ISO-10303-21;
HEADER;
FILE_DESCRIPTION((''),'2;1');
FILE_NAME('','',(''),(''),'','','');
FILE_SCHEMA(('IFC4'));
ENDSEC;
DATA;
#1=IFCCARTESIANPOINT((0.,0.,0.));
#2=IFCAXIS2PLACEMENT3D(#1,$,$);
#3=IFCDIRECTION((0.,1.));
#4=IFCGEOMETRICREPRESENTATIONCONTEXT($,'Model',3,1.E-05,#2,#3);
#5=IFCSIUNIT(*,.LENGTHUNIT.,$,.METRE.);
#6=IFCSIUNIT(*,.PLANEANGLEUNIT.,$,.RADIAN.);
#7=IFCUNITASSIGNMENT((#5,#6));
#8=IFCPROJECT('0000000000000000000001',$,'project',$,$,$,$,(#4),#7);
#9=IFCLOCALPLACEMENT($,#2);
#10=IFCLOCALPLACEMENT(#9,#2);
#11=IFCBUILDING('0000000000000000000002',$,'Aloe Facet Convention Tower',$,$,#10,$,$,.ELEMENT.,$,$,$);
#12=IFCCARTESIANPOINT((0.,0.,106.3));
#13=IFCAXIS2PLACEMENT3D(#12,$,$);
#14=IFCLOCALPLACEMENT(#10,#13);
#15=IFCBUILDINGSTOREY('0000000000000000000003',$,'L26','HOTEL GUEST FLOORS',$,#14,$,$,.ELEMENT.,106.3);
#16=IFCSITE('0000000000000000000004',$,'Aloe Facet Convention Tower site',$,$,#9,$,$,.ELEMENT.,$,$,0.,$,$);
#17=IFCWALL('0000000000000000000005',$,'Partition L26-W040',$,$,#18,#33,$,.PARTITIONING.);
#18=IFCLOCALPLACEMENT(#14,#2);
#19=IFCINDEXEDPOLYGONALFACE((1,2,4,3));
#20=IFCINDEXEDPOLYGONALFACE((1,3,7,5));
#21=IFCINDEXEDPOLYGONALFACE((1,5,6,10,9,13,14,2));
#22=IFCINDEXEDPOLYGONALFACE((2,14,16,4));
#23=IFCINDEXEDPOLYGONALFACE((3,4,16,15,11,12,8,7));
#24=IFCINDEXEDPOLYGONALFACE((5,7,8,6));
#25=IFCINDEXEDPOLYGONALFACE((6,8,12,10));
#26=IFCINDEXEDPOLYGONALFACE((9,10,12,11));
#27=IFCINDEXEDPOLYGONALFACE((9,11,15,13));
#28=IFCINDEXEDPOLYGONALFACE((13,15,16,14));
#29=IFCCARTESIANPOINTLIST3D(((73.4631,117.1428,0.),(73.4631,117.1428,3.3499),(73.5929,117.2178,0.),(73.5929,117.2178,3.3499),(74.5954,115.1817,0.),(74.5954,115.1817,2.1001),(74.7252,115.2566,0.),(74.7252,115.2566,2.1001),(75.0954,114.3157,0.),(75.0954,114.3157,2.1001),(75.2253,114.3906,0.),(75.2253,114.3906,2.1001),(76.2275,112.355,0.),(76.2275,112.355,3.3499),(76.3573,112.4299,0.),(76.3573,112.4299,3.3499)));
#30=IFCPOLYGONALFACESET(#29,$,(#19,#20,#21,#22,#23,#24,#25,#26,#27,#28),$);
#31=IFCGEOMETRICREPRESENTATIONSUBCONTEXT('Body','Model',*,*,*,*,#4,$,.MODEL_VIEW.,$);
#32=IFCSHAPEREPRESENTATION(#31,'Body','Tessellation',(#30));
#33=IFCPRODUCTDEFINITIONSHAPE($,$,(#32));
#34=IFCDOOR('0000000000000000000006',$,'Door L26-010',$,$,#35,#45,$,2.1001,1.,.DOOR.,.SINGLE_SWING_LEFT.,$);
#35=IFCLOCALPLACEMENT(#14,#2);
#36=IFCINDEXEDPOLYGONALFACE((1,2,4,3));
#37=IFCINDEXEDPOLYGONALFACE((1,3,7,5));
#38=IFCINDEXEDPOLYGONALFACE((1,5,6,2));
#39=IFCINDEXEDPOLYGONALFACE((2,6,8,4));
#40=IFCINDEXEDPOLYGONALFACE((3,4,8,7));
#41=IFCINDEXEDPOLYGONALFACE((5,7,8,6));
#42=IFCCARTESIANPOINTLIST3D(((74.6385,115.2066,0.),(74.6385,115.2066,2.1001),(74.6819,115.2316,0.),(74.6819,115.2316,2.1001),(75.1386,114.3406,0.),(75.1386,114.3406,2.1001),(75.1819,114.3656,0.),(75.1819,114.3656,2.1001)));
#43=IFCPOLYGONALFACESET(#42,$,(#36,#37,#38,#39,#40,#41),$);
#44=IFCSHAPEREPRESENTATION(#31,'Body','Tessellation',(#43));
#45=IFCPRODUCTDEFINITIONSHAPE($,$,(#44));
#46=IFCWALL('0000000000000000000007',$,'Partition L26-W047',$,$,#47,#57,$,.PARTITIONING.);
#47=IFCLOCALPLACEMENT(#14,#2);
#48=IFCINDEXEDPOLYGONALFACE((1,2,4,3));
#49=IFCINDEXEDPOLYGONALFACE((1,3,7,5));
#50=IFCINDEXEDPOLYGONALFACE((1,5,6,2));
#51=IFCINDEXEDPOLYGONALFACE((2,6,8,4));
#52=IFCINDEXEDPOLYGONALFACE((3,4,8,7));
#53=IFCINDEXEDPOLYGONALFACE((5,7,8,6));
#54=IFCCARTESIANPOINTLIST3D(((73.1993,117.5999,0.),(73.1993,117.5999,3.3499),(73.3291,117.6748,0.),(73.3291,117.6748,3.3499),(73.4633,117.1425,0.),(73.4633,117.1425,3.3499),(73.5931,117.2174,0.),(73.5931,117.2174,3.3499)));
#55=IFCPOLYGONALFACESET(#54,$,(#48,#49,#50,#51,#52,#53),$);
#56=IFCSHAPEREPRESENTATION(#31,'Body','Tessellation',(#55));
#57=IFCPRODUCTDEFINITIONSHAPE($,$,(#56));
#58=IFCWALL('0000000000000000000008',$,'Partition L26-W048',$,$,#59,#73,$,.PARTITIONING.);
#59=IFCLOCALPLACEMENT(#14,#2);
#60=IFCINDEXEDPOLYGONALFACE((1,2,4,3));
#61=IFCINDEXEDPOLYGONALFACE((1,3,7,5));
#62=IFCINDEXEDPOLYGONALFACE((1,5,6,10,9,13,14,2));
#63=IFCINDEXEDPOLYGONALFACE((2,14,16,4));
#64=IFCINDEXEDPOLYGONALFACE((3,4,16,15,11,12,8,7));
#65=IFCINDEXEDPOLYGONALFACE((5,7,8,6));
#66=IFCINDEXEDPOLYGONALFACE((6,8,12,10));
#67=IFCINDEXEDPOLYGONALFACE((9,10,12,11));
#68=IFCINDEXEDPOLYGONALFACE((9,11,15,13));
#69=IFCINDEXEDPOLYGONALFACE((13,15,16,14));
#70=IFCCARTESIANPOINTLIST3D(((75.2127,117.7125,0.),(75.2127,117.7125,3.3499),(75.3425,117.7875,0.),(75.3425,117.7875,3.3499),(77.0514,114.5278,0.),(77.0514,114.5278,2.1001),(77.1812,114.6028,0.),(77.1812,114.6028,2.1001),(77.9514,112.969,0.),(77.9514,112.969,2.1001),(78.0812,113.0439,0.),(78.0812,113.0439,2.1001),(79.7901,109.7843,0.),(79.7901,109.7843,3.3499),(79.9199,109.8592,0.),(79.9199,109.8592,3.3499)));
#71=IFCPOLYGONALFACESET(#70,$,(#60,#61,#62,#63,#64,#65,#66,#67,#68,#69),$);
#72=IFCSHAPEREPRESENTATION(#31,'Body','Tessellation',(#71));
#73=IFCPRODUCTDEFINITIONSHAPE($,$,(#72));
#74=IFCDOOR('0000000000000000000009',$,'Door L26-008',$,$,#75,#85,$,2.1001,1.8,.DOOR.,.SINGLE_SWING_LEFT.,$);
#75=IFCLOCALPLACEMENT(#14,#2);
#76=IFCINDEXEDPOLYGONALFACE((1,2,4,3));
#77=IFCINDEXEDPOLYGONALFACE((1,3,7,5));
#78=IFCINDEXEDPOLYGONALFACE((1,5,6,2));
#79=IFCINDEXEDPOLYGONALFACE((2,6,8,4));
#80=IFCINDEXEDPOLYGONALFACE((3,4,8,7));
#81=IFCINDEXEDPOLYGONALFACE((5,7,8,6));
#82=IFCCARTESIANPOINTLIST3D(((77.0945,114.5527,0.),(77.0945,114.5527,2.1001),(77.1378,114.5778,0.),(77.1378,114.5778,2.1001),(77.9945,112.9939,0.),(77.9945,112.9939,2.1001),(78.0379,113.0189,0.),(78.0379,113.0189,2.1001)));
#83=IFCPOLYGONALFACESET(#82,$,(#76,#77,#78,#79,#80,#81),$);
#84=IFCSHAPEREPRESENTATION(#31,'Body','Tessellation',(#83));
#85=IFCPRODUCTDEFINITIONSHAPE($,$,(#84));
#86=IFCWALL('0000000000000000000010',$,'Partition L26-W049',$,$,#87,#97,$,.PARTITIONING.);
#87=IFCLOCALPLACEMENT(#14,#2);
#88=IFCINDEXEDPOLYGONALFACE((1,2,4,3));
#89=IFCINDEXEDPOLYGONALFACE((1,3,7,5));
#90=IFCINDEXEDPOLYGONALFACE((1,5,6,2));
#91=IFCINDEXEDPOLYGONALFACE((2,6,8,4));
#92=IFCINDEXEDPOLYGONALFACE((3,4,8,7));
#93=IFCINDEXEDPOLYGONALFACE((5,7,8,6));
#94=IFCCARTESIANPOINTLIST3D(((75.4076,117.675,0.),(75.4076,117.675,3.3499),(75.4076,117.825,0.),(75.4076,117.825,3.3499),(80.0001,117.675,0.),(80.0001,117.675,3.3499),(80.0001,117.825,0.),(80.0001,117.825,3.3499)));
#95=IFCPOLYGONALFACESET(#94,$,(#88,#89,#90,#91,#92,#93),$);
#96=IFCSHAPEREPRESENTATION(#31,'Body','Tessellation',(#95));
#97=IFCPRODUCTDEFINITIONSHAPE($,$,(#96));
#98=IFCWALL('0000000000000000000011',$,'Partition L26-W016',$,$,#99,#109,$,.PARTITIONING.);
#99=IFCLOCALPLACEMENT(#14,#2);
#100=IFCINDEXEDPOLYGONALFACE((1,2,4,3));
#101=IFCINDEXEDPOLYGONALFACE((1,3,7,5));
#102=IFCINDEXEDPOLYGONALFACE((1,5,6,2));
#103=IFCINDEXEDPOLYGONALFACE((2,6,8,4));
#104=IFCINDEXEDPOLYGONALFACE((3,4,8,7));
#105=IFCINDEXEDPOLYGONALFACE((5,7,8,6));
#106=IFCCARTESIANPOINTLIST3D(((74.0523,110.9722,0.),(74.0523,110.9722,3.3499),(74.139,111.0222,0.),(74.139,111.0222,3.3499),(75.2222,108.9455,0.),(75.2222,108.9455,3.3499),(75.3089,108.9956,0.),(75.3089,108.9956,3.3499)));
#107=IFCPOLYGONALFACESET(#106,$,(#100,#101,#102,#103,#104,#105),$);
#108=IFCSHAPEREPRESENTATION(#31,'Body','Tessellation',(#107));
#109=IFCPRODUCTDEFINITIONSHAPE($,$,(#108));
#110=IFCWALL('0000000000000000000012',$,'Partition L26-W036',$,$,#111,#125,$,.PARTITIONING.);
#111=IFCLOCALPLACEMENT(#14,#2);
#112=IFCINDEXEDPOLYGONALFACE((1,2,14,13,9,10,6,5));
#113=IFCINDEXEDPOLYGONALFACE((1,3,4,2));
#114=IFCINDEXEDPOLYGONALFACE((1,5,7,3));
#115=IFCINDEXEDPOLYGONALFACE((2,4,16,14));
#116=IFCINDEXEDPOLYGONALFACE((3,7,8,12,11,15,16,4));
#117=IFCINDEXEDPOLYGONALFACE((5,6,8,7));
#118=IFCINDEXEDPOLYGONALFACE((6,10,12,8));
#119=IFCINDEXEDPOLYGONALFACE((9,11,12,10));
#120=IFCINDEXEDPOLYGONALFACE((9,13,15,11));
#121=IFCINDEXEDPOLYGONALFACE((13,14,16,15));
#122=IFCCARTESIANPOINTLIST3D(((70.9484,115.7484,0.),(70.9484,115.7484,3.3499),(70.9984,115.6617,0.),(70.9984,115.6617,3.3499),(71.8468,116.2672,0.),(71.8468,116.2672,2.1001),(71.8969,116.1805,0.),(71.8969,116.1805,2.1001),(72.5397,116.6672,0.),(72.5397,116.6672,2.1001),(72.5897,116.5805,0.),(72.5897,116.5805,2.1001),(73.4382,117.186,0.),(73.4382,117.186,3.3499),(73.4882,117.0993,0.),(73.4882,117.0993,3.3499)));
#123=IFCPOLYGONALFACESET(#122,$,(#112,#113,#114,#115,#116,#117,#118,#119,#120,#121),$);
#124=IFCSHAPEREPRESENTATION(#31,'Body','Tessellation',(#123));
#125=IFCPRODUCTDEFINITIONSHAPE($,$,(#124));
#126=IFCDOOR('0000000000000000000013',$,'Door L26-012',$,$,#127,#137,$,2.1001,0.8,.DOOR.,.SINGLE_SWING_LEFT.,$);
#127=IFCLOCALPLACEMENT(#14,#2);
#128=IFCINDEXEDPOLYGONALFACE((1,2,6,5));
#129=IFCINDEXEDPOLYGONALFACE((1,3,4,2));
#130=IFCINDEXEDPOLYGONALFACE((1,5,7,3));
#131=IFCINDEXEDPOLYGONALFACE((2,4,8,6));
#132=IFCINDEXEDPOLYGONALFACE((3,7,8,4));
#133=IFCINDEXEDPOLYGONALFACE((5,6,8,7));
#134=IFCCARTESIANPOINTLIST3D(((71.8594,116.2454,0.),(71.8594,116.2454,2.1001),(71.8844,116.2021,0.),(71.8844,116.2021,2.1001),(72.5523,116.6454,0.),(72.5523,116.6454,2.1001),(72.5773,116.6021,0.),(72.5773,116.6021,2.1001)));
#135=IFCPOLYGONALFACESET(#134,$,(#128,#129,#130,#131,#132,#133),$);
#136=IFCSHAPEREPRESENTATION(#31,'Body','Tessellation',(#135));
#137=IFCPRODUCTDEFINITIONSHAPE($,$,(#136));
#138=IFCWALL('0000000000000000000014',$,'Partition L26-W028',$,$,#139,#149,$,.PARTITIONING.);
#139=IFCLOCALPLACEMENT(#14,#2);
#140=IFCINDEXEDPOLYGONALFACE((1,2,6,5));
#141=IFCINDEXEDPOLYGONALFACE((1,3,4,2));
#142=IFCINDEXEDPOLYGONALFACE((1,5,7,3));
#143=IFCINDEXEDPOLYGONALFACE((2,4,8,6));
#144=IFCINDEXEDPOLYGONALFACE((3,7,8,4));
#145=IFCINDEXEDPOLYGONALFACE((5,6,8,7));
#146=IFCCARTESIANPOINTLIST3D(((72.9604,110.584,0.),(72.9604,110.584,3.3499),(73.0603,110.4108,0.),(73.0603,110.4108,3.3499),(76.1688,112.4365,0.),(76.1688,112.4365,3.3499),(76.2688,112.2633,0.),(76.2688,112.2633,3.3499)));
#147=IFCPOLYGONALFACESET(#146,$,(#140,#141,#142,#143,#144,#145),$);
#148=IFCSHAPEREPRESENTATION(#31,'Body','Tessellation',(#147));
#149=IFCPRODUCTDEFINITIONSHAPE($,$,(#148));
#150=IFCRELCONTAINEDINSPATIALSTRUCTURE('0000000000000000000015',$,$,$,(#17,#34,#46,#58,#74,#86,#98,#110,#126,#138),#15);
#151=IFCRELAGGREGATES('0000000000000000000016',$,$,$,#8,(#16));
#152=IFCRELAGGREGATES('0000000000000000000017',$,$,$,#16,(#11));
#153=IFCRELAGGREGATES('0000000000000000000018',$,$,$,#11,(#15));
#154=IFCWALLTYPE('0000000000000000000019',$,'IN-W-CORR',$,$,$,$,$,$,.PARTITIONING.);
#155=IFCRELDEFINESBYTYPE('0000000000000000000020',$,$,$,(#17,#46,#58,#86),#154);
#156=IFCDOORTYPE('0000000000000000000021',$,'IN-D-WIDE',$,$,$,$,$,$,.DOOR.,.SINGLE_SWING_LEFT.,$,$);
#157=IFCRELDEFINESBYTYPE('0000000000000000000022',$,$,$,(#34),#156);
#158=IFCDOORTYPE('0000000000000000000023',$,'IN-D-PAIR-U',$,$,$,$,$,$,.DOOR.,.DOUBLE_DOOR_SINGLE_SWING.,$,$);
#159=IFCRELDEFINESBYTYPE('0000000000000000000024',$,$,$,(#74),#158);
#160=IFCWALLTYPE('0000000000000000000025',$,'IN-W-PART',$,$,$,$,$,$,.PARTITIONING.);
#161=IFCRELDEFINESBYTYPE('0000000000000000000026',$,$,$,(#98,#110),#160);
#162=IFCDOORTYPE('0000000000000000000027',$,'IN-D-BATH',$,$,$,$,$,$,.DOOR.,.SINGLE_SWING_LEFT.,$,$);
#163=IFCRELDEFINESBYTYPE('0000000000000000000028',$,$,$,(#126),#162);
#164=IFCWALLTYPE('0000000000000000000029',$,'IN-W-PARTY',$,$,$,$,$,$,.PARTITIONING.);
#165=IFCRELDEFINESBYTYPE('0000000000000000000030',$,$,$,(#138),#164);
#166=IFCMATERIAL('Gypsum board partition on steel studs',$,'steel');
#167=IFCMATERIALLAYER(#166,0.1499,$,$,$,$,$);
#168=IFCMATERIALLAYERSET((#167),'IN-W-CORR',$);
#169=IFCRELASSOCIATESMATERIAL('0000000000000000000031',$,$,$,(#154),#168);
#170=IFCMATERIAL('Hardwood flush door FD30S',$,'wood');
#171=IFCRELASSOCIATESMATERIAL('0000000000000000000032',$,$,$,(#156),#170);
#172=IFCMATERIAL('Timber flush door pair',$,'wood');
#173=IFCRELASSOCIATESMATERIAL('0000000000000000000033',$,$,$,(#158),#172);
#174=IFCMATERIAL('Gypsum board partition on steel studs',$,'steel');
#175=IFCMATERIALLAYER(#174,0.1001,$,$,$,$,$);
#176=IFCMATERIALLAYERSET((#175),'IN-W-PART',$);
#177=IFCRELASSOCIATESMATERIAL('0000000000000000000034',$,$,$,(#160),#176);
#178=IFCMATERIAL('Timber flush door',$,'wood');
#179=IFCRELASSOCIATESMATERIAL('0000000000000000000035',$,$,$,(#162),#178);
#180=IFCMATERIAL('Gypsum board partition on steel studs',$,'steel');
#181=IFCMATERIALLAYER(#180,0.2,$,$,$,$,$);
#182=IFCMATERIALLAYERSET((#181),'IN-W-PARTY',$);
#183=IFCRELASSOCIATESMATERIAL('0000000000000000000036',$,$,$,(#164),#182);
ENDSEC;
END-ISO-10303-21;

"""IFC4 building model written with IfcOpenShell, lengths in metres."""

from ifc_helpers import new_model, si_unit, direction, frame, frame_2d, origin, place, context, subcontext, project, spatial, rectangle, extrude, material, layer, layer_set, type_object, element, fill, save


model = new_model("IFC4")

# Units and contexts
model_context = context("Model", 3, precision=1e-05, world=origin(), true_north=direction((0.0, 1.0)))
body_context = subcontext(model_context, "Body", "Model", "MODEL_VIEW")
ifc_project = project(units=[si_unit("LENGTHUNIT", "METRE"), si_unit("PLANEANGLEUNIT", "RADIAN")], contexts=[model_context])

# Site, building, storey
site_placement = place(None, origin())
site = spatial("IfcSite", under=ifc_project, at=site_placement, Name="Aloe Facet Convention Tower site", CompositionType="ELEMENT", RefElevation=0.0)
building_placement = place(site_placement, origin())
building = spatial("IfcBuilding", under=site, at=building_placement, Name="Aloe Facet Convention Tower", CompositionType="ELEMENT")
storey_placement = place(building_placement, frame((0.0, 0.0, 106.3)))
storey = spatial("IfcBuildingStorey", under=building, at=storey_placement, Name="L26", Description="HOTEL GUEST FLOORS", CompositionType="ELEMENT", Elevation=106.3)

# Wall, opening, door
ifc_material_1 = material(Name="Gypsum board partition on steel studs", Category="steel")
ifc_layer_1 = layer(ifc_material_1, 0.1499)
ifc_layer_set_1 = layer_set([ifc_layer_1], Name="IN-W-CORR")
wall_type_1 = type_object("IfcWallType", Name="IN-W-CORR", PredefinedType="PARTITIONING", material=ifc_layer_set_1)
wall_1_placement = place(storey_placement, frame((73.5281, 117.1802, 0.0), z_axis=(0.0, 0.0, 1.0), x_axis=(0.500019, -0.866014, 0.0)))
wall_1 = element("IfcWall", 1, at=wall_1_placement, inside=storey, type_object=wall_type_1, Name="Partition L26-W040", PredefinedType="PARTITIONING", context=body_context, shape_type="SweptSolid", body=[
    extrude(rectangle(XDim=5.5286, YDim=0.1499, at=frame_2d((2.7642, 0.0))), origin(), (0.0, 0.0, 1.0), 3.3499),
])
opening_1_placement = place(wall_1_placement, frame((2.2644, 0.0, 0.0)))
opening_1 = element("IfcOpeningElement", 2, at=opening_1_placement, cuts=wall_1, PredefinedType="OPENING", context=body_context, shape_type="SweptSolid", body=[
    extrude(rectangle(XDim=1.0, YDim=2.1001, at=frame_2d((0.5, 1.05))), frame((0.0, 0.085, 0.0), z_axis=(0.0, -1.0, 0.0), x_axis=(1.0, 0.0, 0.0)), (0.0, 0.0, 1.0), 0.1699),
])
ifc_material_2 = material(Name="Hardwood flush door FD30S", Category="wood")
door_type_1 = type_object("IfcDoorType", Name="IN-D-WIDE", OperationType="SINGLE_SWING_LEFT", PredefinedType="DOOR", material=ifc_material_2)
door_1_placement = place(opening_1_placement, origin())
door_1 = element("IfcDoor", 3, at=door_1_placement, inside=storey, type_object=door_type_1, Name="Door L26-010", OperationType="SINGLE_SWING_LEFT", OverallHeight=2.1001, OverallWidth=1.0, PredefinedType="DOOR", context=body_context, shape_type="SweptSolid", body=[
    extrude(rectangle(XDim=1.0, YDim=2.1001, at=frame_2d((0.5, 1.05))), frame((0.0, 0.0249, 0.0), z_axis=(0.0, -1.0, 0.0), x_axis=(1.0, 0.0, 0.0)), (0.0, 0.0, 1.0), 0.05),
])
fill(opening_1, door_1)

# Wall
wall_2_placement = place(storey_placement, frame((73.2642, 117.6375, 0.0), z_axis=(0.0, 0.0, 1.0), x_axis=(0.499869, -0.866101, 0.0)))
element("IfcWall", 4, at=wall_2_placement, inside=storey, type_object=wall_type_1, Name="Partition L26-W047", PredefinedType="PARTITIONING", context=body_context, shape_type="SweptSolid", body=[
    extrude(rectangle(XDim=0.5281, YDim=0.1499, at=frame_2d((0.2642, 0.0))), origin(), (0.0, 0.0, 1.0), 3.3499),
])

# Wall, opening, door
wall_3_placement = place(storey_placement, frame((75.2776, 117.75, 0.0), z_axis=(0.0, 0.0, 1.0), x_axis=(0.500003, -0.866024, 0.0)))
wall_3 = element("IfcWall", 5, at=wall_3_placement, inside=storey, type_object=wall_type_1, Name="Partition L26-W048", PredefinedType="PARTITIONING", context=body_context, shape_type="SweptSolid", body=[
    extrude(rectangle(XDim=9.1548, YDim=0.1499, at=frame_2d((4.5774, 0.0))), origin(), (0.0, 0.0, 1.0), 3.3499),
])
opening_2_placement = place(wall_3_placement, frame((3.6775, 0.0, 0.0)))
opening_2 = element("IfcOpeningElement", 6, at=opening_2_placement, cuts=wall_3, PredefinedType="OPENING", context=body_context, shape_type="SweptSolid", body=[
    extrude(rectangle(XDim=1.8, YDim=2.1001, at=frame_2d((0.8999, 1.05))), frame((0.0, 0.085, 0.0), z_axis=(0.0, -1.0, 0.0), x_axis=(1.0, 0.0, 0.0)), (0.0, 0.0, 1.0), 0.1699),
])
ifc_material_3 = material(Name="Timber flush door pair", Category="wood")
door_type_2 = type_object("IfcDoorType", Name="IN-D-PAIR-U", OperationType="DOUBLE_DOOR_SINGLE_SWING", PredefinedType="DOOR", material=ifc_material_3)
door_2_placement = place(opening_2_placement, origin())
door_2 = element("IfcDoor", 7, at=door_2_placement, inside=storey, type_object=door_type_2, Name="Door L26-008", OperationType="SINGLE_SWING_LEFT", OverallHeight=2.1001, OverallWidth=1.8, PredefinedType="DOOR", context=body_context, shape_type="SweptSolid", body=[
    extrude(rectangle(XDim=1.8, YDim=2.1001, at=frame_2d((0.8999, 1.05))), frame((0.0, 0.0249, 0.0), z_axis=(0.0, -1.0, 0.0), x_axis=(1.0, 0.0, 0.0)), (0.0, 0.0, 1.0), 0.05),
])
fill(opening_2, door_2)

# Walls
wall_4_placement = place(storey_placement, frame((75.4075, 117.75, 0.0), z_axis=(0.0, 0.0, 1.0), x_axis=(1.0, 0.0, 0.0)))
element("IfcWall", 8, at=wall_4_placement, inside=storey, type_object=wall_type_1, Name="Partition L26-W049", PredefinedType="PARTITIONING", context=body_context, shape_type="SweptSolid", body=[
    extrude(rectangle(XDim=4.5925, YDim=0.1499, at=frame_2d((2.2964, 0.0))), origin(), (0.0, 0.0, 1.0), 3.3499),
])
ifc_material_4 = material(Name="Gypsum board partition on steel studs", Category="steel")
ifc_layer_2 = layer(ifc_material_4, 0.1001)
ifc_layer_set_2 = layer_set([ifc_layer_2], Name="IN-W-PART")
wall_type_2 = type_object("IfcWallType", Name="IN-W-PART", PredefinedType="PARTITIONING", material=ifc_layer_set_2)
wall_5_placement = place(storey_placement, frame((74.0957, 110.9971, 0.0), z_axis=(0.0, 0.0, 1.0), x_axis=(0.499954, -0.866052, 0.0)))
element("IfcWall", 9, at=wall_5_placement, inside=storey, type_object=wall_type_2, Name="Partition L26-W016", PredefinedType="PARTITIONING", context=body_context, shape_type="SweptSolid", body=[
    extrude(rectangle(XDim=2.3401, YDim=0.1001, at=frame_2d((1.1699, 0.0))), origin(), (0.0, 0.0, 1.0), 3.3499),
])

# Wall, opening, door
wall_6_placement = place(storey_placement, frame((70.9734, 115.7051, 0.0), z_axis=(0.0, 0.0, 1.0), x_axis=(0.866019, 0.500012, 0.0)))
wall_6 = element("IfcWall", 10, at=wall_6_placement, inside=storey, type_object=wall_type_2, Name="Partition L26-W036", PredefinedType="PARTITIONING", context=body_context, shape_type="SweptSolid", body=[
    extrude(rectangle(XDim=2.875, YDim=0.1001, at=frame_2d((1.4375, 0.0))), origin(), (0.0, 0.0, 1.0), 3.3499),
])
opening_3_placement = place(wall_6_placement, frame((1.0376, 0.0, 0.0)))
opening_3 = element("IfcOpeningElement", 11, at=opening_3_placement, cuts=wall_6, PredefinedType="OPENING", context=body_context, shape_type="SweptSolid", body=[
    extrude(rectangle(XDim=0.8, YDim=2.1001, at=frame_2d((0.3999, 1.05))), frame((0.0, 0.0601, 0.0), z_axis=(0.0, -1.0, 0.0), x_axis=(1.0, 0.0, 0.0)), (0.0, 0.0, 1.0), 0.1201),
])
ifc_material_5 = material(Name="Timber flush door", Category="wood")
door_type_3 = type_object("IfcDoorType", Name="IN-D-BATH", OperationType="SINGLE_SWING_LEFT", PredefinedType="DOOR", material=ifc_material_5)
door_3_placement = place(opening_3_placement, origin())
door_3 = element("IfcDoor", 12, at=door_3_placement, inside=storey, type_object=door_type_3, Name="Door L26-012", OperationType="SINGLE_SWING_LEFT", OverallHeight=2.1001, OverallWidth=0.8, PredefinedType="DOOR", context=body_context, shape_type="SweptSolid", body=[
    extrude(rectangle(XDim=0.8, YDim=2.1001, at=frame_2d((0.3999, 1.05))), frame((0.0, 0.0249, 0.0), z_axis=(0.0, -1.0, 0.0), x_axis=(1.0, 0.0, 0.0)), (0.0, 0.0, 1.0), 0.05),
])
fill(opening_3, door_3)

# Wall
ifc_material_6 = material(Name="Gypsum board partition on steel studs", Category="steel")
ifc_layer_3 = layer(ifc_material_6, 0.2)
ifc_layer_set_3 = layer_set([ifc_layer_3], Name="IN-W-PARTY")
wall_type_3 = type_object("IfcWallType", Name="IN-W-PARTY", PredefinedType="PARTITIONING", material=ifc_layer_set_3)
wall_7_placement = place(storey_placement, frame((73.0103, 110.4973, 0.0), z_axis=(0.0, 0.0, 1.0), x_axis=(0.866012, 0.500023, 0.0)))
element("IfcWall", 13, at=wall_7_placement, inside=storey, type_object=wall_type_3, Name="Partition L26-W028", PredefinedType="PARTITIONING", context=body_context, shape_type="SweptSolid", body=[
    extrude(rectangle(XDim=3.7048, YDim=0.2, at=frame_2d((1.8525, 0.0))), origin(), (0.0, 0.0, 1.0), 3.3499),
])

save(model, "model.ifc")
